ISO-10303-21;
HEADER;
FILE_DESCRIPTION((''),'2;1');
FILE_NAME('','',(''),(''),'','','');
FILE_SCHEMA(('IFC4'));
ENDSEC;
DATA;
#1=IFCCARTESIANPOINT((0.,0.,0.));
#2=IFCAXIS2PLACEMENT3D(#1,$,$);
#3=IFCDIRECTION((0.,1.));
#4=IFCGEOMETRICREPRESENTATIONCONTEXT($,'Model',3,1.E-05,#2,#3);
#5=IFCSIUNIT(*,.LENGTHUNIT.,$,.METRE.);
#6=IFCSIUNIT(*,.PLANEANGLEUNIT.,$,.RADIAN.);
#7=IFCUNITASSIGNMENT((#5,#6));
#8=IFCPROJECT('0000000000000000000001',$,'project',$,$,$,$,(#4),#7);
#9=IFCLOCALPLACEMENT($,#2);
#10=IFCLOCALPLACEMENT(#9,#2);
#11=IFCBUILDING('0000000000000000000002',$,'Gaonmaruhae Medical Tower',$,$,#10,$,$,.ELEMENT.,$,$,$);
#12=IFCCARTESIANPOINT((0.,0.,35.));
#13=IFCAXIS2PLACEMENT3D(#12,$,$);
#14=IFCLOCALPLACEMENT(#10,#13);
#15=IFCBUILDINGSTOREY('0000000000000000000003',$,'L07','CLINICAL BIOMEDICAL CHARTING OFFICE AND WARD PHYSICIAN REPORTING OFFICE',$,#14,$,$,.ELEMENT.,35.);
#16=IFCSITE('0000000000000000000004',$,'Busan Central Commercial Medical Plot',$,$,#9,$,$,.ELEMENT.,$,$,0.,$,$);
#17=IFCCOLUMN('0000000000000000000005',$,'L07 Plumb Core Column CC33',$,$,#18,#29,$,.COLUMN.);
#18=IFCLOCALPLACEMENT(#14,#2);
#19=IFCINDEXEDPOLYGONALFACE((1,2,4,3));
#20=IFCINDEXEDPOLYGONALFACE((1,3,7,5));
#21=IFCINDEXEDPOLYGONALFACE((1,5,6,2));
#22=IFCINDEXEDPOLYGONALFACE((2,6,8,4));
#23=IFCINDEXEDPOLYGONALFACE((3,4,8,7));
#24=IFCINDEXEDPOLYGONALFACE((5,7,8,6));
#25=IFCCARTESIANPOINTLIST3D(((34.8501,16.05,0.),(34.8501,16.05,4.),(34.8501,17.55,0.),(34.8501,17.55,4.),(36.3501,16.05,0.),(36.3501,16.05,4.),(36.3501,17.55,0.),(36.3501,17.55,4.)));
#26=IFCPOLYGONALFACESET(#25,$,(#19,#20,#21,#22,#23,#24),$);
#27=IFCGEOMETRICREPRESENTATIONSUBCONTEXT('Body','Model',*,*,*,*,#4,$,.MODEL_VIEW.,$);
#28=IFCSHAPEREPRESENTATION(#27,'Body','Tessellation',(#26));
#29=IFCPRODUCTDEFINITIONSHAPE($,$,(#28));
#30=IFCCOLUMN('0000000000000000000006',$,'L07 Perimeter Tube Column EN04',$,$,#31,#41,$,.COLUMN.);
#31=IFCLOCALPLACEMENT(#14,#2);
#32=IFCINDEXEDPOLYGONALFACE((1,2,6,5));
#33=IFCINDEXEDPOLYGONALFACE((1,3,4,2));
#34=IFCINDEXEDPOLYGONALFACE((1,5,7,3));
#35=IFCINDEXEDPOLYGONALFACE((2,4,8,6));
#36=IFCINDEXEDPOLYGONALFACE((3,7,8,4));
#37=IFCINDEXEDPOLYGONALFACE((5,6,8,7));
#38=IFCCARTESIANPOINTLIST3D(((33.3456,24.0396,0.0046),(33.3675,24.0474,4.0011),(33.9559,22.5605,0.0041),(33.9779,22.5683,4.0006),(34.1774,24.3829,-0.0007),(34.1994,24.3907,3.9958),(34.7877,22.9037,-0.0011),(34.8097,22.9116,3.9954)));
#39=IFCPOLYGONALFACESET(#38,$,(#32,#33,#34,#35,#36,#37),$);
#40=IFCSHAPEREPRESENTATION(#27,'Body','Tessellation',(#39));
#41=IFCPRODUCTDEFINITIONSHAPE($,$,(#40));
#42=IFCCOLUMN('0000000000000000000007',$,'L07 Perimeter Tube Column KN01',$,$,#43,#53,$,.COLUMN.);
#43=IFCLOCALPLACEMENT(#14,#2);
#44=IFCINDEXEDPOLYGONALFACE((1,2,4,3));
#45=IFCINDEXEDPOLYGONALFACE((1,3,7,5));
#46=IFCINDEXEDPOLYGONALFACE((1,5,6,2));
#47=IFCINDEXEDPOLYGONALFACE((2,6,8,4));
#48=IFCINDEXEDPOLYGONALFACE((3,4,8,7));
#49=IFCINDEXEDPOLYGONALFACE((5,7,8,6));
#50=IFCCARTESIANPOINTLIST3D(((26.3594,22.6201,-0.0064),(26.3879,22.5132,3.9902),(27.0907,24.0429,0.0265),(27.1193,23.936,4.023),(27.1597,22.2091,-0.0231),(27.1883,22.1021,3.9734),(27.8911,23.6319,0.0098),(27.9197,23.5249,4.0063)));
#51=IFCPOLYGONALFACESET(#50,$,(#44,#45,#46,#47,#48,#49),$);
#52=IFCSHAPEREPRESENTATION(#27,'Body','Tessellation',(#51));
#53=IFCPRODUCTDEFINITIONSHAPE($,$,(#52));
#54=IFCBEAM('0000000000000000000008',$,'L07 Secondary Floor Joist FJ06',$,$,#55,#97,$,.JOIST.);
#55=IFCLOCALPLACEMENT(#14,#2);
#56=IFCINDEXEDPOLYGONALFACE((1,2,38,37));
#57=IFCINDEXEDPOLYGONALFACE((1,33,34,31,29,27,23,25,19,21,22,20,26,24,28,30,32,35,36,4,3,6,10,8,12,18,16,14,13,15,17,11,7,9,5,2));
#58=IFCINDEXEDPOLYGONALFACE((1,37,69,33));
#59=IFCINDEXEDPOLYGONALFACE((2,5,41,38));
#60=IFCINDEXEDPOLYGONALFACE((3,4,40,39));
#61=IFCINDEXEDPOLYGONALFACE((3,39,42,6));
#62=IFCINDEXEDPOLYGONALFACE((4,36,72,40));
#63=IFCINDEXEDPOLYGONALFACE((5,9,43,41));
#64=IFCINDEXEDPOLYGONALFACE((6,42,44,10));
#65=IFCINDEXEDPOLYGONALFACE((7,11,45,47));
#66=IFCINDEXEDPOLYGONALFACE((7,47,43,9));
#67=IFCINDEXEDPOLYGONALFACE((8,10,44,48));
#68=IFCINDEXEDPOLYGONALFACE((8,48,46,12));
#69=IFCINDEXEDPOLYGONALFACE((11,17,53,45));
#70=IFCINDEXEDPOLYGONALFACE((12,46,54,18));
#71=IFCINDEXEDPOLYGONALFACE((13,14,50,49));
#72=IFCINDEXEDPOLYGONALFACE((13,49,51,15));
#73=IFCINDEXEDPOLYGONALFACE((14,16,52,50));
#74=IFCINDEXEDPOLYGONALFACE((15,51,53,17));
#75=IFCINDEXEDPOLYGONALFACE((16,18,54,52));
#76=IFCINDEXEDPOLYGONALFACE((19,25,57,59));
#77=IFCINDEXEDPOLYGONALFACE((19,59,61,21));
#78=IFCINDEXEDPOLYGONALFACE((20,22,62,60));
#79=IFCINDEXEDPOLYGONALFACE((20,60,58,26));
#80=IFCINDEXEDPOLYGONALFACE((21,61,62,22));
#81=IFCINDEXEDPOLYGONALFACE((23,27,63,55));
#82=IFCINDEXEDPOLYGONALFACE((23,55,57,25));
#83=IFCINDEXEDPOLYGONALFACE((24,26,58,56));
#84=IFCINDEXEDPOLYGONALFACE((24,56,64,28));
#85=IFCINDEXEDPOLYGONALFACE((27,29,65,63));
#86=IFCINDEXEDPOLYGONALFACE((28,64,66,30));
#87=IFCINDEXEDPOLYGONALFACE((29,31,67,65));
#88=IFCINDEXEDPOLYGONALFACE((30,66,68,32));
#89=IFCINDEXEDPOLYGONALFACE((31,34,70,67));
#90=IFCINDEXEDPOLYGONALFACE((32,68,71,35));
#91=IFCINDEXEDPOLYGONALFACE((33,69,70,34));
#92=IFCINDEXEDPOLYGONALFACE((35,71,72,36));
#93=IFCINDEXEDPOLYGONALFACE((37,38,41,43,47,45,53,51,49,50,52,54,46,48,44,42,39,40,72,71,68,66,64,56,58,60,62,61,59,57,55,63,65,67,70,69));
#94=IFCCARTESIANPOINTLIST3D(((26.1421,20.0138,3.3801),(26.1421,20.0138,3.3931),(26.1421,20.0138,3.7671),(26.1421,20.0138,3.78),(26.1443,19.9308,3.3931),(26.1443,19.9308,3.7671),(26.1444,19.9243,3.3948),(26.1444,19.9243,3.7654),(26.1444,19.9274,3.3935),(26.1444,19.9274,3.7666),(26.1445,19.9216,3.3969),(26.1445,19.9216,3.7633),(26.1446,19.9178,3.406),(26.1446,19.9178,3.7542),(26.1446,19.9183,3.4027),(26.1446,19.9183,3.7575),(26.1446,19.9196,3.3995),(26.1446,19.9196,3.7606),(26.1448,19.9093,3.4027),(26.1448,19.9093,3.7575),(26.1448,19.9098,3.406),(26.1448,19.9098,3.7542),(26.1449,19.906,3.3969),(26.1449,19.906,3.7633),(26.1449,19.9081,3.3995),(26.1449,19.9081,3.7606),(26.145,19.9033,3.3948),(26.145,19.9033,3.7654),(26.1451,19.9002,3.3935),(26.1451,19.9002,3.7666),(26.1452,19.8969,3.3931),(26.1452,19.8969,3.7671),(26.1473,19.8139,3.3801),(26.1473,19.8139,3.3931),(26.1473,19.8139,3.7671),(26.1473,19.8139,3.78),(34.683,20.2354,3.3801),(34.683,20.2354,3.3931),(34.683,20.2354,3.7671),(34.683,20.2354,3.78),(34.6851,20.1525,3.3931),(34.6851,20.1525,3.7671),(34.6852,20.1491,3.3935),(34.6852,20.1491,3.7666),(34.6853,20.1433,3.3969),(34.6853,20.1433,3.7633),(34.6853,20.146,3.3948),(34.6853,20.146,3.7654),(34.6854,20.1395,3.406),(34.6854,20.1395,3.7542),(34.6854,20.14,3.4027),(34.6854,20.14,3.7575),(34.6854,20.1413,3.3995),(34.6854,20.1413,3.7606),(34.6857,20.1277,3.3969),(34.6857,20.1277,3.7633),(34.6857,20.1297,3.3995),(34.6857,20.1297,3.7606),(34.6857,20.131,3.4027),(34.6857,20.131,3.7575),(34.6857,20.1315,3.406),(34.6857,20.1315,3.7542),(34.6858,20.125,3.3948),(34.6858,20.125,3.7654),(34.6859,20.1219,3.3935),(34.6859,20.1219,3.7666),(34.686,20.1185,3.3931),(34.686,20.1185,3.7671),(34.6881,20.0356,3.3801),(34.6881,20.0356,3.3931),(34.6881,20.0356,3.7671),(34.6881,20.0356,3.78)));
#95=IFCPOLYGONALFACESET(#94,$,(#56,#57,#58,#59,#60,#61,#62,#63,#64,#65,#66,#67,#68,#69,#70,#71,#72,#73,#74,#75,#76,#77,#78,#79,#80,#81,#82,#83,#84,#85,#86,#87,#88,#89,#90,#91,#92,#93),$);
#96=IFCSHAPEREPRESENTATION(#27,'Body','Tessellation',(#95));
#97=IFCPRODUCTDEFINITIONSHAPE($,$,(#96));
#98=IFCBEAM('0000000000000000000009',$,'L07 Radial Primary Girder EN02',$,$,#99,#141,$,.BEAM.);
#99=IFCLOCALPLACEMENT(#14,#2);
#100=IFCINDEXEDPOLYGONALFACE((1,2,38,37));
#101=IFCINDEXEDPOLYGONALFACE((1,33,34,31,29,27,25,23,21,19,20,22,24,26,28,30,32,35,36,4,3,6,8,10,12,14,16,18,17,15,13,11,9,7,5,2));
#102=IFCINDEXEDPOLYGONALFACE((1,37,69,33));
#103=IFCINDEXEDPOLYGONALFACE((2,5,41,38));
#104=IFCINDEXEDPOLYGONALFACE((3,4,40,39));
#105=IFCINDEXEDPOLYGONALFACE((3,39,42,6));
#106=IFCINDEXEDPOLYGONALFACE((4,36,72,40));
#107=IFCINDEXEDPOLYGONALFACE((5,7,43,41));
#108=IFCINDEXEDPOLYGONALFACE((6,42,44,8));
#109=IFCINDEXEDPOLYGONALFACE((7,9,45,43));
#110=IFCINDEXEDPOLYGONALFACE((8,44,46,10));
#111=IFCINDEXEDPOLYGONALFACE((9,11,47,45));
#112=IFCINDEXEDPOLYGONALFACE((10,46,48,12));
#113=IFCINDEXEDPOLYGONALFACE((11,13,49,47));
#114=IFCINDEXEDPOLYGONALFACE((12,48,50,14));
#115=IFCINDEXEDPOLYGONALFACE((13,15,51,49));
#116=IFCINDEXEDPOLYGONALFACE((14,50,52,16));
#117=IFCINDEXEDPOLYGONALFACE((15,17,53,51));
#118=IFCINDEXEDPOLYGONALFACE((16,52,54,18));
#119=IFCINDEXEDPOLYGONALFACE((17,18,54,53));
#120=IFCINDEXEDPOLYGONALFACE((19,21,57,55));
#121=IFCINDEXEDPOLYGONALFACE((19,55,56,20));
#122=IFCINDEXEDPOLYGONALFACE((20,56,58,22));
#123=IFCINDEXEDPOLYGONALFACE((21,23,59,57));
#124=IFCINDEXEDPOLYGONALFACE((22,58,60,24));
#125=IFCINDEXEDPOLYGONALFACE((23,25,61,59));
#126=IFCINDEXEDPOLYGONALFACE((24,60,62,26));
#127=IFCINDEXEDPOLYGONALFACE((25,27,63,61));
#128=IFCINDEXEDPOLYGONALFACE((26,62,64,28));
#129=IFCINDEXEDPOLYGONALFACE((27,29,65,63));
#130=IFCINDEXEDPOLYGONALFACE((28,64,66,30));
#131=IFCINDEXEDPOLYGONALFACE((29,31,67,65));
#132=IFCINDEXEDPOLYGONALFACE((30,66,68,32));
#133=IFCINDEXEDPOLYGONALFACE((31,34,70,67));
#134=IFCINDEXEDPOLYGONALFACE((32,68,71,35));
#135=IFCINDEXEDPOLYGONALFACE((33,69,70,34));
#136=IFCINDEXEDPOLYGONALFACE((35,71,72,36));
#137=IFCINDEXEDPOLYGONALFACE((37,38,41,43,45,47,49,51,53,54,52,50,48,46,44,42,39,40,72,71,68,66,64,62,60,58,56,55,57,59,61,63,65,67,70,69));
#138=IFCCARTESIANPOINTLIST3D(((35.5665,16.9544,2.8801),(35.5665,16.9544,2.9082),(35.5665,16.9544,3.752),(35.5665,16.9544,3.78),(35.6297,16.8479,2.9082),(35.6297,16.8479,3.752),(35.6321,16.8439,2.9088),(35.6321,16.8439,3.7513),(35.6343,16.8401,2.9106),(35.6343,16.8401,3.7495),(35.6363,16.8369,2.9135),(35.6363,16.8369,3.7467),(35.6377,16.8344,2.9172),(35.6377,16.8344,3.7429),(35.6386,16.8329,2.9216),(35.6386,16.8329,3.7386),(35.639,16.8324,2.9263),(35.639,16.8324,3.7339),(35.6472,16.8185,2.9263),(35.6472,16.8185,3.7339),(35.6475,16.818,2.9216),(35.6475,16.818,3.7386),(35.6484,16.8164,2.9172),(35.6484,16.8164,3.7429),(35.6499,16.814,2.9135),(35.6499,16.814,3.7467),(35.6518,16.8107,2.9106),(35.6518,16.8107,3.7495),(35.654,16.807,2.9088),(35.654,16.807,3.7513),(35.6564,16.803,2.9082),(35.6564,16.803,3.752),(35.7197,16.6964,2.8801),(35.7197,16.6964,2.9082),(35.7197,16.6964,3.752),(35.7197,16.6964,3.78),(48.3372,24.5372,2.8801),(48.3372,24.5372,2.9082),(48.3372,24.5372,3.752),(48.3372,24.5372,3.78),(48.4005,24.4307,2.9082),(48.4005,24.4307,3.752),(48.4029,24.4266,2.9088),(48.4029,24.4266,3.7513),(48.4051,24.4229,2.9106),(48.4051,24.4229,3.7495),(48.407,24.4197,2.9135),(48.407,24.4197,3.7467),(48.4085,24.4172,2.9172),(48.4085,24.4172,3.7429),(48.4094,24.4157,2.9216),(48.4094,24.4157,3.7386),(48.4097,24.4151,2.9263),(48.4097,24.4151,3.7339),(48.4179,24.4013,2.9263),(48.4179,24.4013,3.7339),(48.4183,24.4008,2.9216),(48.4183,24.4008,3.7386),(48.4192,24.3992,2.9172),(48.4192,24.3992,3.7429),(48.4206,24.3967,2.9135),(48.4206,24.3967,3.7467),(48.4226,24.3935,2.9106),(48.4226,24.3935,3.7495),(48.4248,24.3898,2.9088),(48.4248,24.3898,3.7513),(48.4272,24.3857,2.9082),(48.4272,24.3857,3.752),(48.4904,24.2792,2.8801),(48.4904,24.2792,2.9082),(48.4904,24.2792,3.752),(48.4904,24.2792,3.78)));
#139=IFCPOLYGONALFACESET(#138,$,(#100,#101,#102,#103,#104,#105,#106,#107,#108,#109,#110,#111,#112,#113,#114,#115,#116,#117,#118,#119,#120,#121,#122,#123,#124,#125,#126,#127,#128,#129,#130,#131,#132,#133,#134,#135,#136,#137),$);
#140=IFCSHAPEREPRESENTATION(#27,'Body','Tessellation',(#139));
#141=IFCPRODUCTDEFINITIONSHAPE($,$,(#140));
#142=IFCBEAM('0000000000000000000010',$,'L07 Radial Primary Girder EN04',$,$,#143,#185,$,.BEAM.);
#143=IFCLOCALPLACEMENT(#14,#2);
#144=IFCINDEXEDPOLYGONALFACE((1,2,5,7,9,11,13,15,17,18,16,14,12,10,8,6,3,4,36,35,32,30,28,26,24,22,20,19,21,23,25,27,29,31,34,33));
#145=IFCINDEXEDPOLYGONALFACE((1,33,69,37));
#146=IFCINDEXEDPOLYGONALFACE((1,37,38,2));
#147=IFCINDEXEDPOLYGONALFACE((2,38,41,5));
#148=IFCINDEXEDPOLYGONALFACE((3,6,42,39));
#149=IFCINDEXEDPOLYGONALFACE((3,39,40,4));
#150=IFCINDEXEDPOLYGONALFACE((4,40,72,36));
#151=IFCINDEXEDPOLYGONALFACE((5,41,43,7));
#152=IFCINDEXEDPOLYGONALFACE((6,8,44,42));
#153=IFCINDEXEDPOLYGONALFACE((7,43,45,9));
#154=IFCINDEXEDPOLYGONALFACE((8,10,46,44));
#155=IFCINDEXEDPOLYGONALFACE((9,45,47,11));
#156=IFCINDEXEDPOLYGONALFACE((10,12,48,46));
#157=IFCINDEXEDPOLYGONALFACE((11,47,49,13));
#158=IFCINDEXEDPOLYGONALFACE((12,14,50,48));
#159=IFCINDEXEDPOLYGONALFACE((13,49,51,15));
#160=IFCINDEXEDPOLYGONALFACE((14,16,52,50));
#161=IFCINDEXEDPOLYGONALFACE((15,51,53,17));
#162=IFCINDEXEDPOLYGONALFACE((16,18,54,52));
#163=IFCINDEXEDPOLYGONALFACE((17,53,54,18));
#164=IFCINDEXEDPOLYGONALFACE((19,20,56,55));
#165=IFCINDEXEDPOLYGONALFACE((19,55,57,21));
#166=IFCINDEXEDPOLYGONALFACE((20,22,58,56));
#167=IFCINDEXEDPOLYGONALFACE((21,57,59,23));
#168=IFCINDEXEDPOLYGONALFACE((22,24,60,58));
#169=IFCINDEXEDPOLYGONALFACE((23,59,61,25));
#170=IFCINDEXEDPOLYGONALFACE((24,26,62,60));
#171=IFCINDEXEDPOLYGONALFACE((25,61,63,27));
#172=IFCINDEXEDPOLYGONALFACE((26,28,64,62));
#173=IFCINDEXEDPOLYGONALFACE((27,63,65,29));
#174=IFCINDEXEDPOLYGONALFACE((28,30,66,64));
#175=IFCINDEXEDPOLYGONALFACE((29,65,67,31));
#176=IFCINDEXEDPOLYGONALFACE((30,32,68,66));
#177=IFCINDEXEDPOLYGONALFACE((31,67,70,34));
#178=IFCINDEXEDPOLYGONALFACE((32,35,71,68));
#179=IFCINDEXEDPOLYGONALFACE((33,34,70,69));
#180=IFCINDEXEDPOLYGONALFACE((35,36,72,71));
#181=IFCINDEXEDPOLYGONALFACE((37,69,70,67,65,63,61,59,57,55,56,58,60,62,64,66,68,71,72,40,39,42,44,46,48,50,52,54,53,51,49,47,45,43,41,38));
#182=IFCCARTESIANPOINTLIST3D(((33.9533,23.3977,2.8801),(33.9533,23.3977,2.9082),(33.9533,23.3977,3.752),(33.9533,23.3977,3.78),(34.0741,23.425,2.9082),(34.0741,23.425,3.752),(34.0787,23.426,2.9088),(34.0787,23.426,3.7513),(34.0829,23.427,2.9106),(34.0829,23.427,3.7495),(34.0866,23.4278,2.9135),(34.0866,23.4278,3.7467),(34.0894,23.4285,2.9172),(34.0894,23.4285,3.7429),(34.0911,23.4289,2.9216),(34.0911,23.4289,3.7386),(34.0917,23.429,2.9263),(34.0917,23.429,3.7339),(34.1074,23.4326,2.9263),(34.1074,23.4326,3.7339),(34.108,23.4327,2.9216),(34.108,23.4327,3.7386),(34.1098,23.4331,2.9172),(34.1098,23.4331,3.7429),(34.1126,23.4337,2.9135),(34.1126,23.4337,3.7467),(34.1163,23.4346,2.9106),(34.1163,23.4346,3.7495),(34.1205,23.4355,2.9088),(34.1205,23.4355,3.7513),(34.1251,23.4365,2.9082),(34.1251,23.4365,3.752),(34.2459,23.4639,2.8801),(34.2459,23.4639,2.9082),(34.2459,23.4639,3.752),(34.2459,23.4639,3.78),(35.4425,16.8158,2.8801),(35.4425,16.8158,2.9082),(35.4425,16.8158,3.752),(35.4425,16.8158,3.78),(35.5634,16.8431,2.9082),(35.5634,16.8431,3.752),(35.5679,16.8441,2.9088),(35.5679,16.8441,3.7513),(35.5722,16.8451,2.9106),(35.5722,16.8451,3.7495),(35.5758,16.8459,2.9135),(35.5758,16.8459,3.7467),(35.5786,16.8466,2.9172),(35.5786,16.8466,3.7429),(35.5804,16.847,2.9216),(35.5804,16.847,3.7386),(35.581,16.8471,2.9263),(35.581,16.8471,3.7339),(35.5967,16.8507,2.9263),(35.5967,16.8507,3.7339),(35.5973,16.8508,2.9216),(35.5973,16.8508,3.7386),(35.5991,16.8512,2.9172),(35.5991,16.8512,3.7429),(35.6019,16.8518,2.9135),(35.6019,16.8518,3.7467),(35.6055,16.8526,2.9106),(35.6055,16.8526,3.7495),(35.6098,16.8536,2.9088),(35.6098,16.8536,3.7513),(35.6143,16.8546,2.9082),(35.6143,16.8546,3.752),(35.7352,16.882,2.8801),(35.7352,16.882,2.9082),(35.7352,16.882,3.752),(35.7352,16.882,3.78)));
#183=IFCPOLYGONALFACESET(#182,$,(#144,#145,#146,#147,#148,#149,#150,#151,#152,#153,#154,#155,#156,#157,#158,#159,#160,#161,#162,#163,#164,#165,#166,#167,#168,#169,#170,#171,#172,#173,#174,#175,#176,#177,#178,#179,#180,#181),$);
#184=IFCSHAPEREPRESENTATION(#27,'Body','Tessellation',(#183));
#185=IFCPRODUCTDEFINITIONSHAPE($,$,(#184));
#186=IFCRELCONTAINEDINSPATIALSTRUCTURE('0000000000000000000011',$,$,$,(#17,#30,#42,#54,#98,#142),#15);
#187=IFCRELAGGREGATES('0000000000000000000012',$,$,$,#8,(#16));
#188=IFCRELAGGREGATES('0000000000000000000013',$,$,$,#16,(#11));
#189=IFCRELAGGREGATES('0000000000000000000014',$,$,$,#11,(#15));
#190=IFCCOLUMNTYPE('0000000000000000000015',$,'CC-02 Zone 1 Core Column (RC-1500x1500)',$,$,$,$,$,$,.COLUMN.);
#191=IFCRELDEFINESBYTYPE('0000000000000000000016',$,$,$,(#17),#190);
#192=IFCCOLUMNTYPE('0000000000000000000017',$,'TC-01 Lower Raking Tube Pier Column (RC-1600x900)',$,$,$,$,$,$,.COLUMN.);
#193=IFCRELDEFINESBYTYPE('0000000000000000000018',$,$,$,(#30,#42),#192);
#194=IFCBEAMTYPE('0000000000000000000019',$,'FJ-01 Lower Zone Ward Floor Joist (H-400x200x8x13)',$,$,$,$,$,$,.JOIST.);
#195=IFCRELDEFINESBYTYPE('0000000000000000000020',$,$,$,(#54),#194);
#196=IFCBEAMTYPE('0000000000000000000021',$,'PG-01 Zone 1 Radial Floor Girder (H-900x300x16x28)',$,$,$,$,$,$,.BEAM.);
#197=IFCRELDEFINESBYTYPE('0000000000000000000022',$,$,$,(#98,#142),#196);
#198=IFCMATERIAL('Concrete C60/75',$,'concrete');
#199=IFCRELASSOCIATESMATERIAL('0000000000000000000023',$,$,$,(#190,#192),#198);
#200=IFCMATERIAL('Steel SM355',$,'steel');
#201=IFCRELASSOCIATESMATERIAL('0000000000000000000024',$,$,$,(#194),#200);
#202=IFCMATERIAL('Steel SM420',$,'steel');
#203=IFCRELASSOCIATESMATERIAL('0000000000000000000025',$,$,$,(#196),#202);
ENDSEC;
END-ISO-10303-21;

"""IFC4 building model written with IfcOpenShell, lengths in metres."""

from ifc_helpers import new_model, si_unit, direction, frame, origin, origin_2d, place, context, subcontext, project, spatial, rectangle, i_section, extrude, material, material_profile, profile_set, type_object, element, save


model = new_model("IFC4")

# Units and contexts
model_context = context("Model", 3, precision=1e-05, world=origin(), true_north=direction((0.0, 1.0)))
body_context = subcontext(model_context, "Body", "Model", "MODEL_VIEW")
ifc_project = project(units=[si_unit("LENGTHUNIT", "METRE"), si_unit("PLANEANGLEUNIT", "RADIAN")], contexts=[model_context])

# Site, building, storey
site_placement = place(None, origin())
site = spatial("IfcSite", under=ifc_project, at=site_placement, Name="Busan Central Commercial Medical Plot", CompositionType="ELEMENT", RefElevation=0.0)
building_placement = place(site_placement, origin())
building = spatial("IfcBuilding", under=site, at=building_placement, Name="Gaonmaruhae Medical Tower", CompositionType="ELEMENT")
storey_placement = place(building_placement, frame((0.0, 0.0, 35.0)))
storey = spatial("IfcBuildingStorey", under=building, at=storey_placement, Name="L07", Description="CLINICAL BIOMEDICAL CHARTING OFFICE AND WARD PHYSICIAN REPORTING OFFICE", CompositionType="ELEMENT", Elevation=35.0)

# Columns
ifc_material_1 = material(Name="Concrete C60/75", Category="concrete")
ifc_material_profile_1 = material_profile(ifc_material_1, rectangle(XDim=1.5, YDim=1.5, at=origin_2d()), Name="RC-1500x1500")
ifc_profile_set_1 = profile_set([ifc_material_profile_1], Name="Concrete C60/75")
column_type_1 = type_object("IfcColumnType", Name="CC-02 Zone 1 Core Column (RC-1500x1500)", PredefinedType="COLUMN", material=ifc_profile_set_1)
column_1_placement = place(storey_placement, frame((35.6001, 16.8, 0.0), z_axis=(0.0, 0.0, 1.0), x_axis=(1.0, 0.0, 0.0)))
element("IfcColumn", 1, at=column_1_placement, inside=storey, type_object=column_type_1, Name="L07 Plumb Core Column CC33", PredefinedType="COLUMN", context=body_context, shape_type="SweptSolid", body=[
    extrude(rectangle(XDim=1.5, YDim=1.5, at=origin_2d()), origin(), (0.0, 0.0, 1.0), 4.0),
])
ifc_material_profile_2 = material_profile(ifc_material_1, rectangle(XDim=1.6001, YDim=0.8999, at=origin_2d()), Name="RC-1600x900")
ifc_profile_set_2 = profile_set([ifc_material_profile_2], Name="Concrete C60/75")
column_type_2 = type_object("IfcColumnType", Name="TC-01 Lower Raking Tube Pier Column (RC-1600x900)", PredefinedType="COLUMN", material=ifc_profile_set_2)
column_2_placement = place(storey_placement, frame((34.0667, 23.4717, 0.0017), z_axis=(0.005498, 0.001955, 0.999983), x_axis=(-0.381443, 0.924392, 0.00029)))
element("IfcColumn", 2, at=column_2_placement, inside=storey, type_object=column_type_2, Name="L07 Perimeter Tube Column EN04", PredefinedType="COLUMN", context=body_context, shape_type="SweptSolid", body=[
    extrude(rectangle(XDim=1.6001, YDim=0.8999, at=origin_2d()), origin(), (0.0, 0.0, 1.0), 3.9966),
])
column_3_placement = place(storey_placement, frame((27.1252, 23.126, 0.0017), z_axis=(0.007144, -0.026746, 0.999617), x_axis=(0.457081, 0.889188, 0.020525)))
element("IfcColumn", 3, at=column_3_placement, inside=storey, type_object=column_type_2, Name="L07 Perimeter Tube Column KN01", PredefinedType="COLUMN", context=body_context, shape_type="SweptSolid", body=[
    extrude(rectangle(XDim=1.6001, YDim=0.8999, at=origin_2d()), origin(), (0.0, 0.0, 1.0), 3.998),
])

# Beams
ifc_material_2 = material(Name="Steel SM355", Category="steel")
ifc_material_profile_3 = material_profile(ifc_material_2, i_section(OverallWidth=0.2, OverallDepth=0.3999, WebThickness=0.0081, FlangeThickness=0.0129, FilletRadius=0.0129, at=origin_2d()), Name="H-400x200x8x13")
ifc_profile_set_3 = profile_set([ifc_material_profile_3], Name="Steel SM355")
beam_type_1 = type_object("IfcBeamType", Name="FJ-01 Lower Zone Ward Floor Joist (H-400x200x8x13)", PredefinedType="JOIST", material=ifc_profile_set_3)
beam_1_placement = place(storey_placement, frame((34.6855, 20.1355, 3.5801), z_axis=(-0.999663, -0.025947, 0.0), x_axis=(0.025947, -0.999663, 0.0)))
element("IfcBeam", 4, at=beam_1_placement, inside=storey, type_object=beam_type_1, Name="L07 Secondary Floor Joist FJ06", PredefinedType="JOIST", context=body_context, shape_type="SweptSolid", body=[
    extrude(i_section(OverallWidth=0.2, OverallDepth=0.3999, WebThickness=0.0081, FlangeThickness=0.0129, FilletRadius=0.0129, at=origin_2d()), origin(), (0.0, 0.0, 1.0), 8.5437),
])
ifc_material_3 = material(Name="Steel SM420", Category="steel")
ifc_material_profile_4 = material_profile(ifc_material_3, i_section(OverallWidth=0.3, OverallDepth=0.8999, WebThickness=0.0161, FlangeThickness=0.0281, FilletRadius=0.0181, at=origin_2d()), Name="H-900x300x16x28")
ifc_profile_set_4 = profile_set([ifc_material_profile_4], Name="Steel SM420")
beam_type_2 = type_object("IfcBeamType", Name="PG-01 Zone 1 Radial Floor Girder (H-900x300x16x28)", PredefinedType="BEAM", material=ifc_profile_set_4)
beam_2_placement = place(storey_placement, frame((35.6431, 16.8254, 3.3301), z_axis=(0.859851, 0.510545, 0.0), x_axis=(-0.510545, 0.859851, 0.0)))
element("IfcBeam", 5, at=beam_2_placement, inside=storey, type_object=beam_type_2, Name="L07 Radial Primary Girder EN02", PredefinedType="BEAM", context=body_context, shape_type="SweptSolid", body=[
    extrude(i_section(OverallWidth=0.3, OverallDepth=0.8999, WebThickness=0.0161, FlangeThickness=0.0281, FilletRadius=0.0181, at=origin_2d()), origin(), (0.0, 0.0, 1.0), 14.8523),
])
beam_3_placement = place(storey_placement, frame((35.5889, 16.8489, 3.3301), z_axis=(-0.220691, 0.975344, 0.0), x_axis=(-0.975344, -0.220691, 0.0)))
element("IfcBeam", 6, at=beam_3_placement, inside=storey, type_object=beam_type_2, Name="L07 Radial Primary Girder EN04", PredefinedType="BEAM", context=body_context, shape_type="SweptSolid", body=[
    extrude(i_section(OverallWidth=0.3, OverallDepth=0.8999, WebThickness=0.0161, FlangeThickness=0.0281, FilletRadius=0.0181, at=origin_2d()), origin(), (0.0, 0.0, 1.0), 6.7483),
])

save(model, "model.ifc")
